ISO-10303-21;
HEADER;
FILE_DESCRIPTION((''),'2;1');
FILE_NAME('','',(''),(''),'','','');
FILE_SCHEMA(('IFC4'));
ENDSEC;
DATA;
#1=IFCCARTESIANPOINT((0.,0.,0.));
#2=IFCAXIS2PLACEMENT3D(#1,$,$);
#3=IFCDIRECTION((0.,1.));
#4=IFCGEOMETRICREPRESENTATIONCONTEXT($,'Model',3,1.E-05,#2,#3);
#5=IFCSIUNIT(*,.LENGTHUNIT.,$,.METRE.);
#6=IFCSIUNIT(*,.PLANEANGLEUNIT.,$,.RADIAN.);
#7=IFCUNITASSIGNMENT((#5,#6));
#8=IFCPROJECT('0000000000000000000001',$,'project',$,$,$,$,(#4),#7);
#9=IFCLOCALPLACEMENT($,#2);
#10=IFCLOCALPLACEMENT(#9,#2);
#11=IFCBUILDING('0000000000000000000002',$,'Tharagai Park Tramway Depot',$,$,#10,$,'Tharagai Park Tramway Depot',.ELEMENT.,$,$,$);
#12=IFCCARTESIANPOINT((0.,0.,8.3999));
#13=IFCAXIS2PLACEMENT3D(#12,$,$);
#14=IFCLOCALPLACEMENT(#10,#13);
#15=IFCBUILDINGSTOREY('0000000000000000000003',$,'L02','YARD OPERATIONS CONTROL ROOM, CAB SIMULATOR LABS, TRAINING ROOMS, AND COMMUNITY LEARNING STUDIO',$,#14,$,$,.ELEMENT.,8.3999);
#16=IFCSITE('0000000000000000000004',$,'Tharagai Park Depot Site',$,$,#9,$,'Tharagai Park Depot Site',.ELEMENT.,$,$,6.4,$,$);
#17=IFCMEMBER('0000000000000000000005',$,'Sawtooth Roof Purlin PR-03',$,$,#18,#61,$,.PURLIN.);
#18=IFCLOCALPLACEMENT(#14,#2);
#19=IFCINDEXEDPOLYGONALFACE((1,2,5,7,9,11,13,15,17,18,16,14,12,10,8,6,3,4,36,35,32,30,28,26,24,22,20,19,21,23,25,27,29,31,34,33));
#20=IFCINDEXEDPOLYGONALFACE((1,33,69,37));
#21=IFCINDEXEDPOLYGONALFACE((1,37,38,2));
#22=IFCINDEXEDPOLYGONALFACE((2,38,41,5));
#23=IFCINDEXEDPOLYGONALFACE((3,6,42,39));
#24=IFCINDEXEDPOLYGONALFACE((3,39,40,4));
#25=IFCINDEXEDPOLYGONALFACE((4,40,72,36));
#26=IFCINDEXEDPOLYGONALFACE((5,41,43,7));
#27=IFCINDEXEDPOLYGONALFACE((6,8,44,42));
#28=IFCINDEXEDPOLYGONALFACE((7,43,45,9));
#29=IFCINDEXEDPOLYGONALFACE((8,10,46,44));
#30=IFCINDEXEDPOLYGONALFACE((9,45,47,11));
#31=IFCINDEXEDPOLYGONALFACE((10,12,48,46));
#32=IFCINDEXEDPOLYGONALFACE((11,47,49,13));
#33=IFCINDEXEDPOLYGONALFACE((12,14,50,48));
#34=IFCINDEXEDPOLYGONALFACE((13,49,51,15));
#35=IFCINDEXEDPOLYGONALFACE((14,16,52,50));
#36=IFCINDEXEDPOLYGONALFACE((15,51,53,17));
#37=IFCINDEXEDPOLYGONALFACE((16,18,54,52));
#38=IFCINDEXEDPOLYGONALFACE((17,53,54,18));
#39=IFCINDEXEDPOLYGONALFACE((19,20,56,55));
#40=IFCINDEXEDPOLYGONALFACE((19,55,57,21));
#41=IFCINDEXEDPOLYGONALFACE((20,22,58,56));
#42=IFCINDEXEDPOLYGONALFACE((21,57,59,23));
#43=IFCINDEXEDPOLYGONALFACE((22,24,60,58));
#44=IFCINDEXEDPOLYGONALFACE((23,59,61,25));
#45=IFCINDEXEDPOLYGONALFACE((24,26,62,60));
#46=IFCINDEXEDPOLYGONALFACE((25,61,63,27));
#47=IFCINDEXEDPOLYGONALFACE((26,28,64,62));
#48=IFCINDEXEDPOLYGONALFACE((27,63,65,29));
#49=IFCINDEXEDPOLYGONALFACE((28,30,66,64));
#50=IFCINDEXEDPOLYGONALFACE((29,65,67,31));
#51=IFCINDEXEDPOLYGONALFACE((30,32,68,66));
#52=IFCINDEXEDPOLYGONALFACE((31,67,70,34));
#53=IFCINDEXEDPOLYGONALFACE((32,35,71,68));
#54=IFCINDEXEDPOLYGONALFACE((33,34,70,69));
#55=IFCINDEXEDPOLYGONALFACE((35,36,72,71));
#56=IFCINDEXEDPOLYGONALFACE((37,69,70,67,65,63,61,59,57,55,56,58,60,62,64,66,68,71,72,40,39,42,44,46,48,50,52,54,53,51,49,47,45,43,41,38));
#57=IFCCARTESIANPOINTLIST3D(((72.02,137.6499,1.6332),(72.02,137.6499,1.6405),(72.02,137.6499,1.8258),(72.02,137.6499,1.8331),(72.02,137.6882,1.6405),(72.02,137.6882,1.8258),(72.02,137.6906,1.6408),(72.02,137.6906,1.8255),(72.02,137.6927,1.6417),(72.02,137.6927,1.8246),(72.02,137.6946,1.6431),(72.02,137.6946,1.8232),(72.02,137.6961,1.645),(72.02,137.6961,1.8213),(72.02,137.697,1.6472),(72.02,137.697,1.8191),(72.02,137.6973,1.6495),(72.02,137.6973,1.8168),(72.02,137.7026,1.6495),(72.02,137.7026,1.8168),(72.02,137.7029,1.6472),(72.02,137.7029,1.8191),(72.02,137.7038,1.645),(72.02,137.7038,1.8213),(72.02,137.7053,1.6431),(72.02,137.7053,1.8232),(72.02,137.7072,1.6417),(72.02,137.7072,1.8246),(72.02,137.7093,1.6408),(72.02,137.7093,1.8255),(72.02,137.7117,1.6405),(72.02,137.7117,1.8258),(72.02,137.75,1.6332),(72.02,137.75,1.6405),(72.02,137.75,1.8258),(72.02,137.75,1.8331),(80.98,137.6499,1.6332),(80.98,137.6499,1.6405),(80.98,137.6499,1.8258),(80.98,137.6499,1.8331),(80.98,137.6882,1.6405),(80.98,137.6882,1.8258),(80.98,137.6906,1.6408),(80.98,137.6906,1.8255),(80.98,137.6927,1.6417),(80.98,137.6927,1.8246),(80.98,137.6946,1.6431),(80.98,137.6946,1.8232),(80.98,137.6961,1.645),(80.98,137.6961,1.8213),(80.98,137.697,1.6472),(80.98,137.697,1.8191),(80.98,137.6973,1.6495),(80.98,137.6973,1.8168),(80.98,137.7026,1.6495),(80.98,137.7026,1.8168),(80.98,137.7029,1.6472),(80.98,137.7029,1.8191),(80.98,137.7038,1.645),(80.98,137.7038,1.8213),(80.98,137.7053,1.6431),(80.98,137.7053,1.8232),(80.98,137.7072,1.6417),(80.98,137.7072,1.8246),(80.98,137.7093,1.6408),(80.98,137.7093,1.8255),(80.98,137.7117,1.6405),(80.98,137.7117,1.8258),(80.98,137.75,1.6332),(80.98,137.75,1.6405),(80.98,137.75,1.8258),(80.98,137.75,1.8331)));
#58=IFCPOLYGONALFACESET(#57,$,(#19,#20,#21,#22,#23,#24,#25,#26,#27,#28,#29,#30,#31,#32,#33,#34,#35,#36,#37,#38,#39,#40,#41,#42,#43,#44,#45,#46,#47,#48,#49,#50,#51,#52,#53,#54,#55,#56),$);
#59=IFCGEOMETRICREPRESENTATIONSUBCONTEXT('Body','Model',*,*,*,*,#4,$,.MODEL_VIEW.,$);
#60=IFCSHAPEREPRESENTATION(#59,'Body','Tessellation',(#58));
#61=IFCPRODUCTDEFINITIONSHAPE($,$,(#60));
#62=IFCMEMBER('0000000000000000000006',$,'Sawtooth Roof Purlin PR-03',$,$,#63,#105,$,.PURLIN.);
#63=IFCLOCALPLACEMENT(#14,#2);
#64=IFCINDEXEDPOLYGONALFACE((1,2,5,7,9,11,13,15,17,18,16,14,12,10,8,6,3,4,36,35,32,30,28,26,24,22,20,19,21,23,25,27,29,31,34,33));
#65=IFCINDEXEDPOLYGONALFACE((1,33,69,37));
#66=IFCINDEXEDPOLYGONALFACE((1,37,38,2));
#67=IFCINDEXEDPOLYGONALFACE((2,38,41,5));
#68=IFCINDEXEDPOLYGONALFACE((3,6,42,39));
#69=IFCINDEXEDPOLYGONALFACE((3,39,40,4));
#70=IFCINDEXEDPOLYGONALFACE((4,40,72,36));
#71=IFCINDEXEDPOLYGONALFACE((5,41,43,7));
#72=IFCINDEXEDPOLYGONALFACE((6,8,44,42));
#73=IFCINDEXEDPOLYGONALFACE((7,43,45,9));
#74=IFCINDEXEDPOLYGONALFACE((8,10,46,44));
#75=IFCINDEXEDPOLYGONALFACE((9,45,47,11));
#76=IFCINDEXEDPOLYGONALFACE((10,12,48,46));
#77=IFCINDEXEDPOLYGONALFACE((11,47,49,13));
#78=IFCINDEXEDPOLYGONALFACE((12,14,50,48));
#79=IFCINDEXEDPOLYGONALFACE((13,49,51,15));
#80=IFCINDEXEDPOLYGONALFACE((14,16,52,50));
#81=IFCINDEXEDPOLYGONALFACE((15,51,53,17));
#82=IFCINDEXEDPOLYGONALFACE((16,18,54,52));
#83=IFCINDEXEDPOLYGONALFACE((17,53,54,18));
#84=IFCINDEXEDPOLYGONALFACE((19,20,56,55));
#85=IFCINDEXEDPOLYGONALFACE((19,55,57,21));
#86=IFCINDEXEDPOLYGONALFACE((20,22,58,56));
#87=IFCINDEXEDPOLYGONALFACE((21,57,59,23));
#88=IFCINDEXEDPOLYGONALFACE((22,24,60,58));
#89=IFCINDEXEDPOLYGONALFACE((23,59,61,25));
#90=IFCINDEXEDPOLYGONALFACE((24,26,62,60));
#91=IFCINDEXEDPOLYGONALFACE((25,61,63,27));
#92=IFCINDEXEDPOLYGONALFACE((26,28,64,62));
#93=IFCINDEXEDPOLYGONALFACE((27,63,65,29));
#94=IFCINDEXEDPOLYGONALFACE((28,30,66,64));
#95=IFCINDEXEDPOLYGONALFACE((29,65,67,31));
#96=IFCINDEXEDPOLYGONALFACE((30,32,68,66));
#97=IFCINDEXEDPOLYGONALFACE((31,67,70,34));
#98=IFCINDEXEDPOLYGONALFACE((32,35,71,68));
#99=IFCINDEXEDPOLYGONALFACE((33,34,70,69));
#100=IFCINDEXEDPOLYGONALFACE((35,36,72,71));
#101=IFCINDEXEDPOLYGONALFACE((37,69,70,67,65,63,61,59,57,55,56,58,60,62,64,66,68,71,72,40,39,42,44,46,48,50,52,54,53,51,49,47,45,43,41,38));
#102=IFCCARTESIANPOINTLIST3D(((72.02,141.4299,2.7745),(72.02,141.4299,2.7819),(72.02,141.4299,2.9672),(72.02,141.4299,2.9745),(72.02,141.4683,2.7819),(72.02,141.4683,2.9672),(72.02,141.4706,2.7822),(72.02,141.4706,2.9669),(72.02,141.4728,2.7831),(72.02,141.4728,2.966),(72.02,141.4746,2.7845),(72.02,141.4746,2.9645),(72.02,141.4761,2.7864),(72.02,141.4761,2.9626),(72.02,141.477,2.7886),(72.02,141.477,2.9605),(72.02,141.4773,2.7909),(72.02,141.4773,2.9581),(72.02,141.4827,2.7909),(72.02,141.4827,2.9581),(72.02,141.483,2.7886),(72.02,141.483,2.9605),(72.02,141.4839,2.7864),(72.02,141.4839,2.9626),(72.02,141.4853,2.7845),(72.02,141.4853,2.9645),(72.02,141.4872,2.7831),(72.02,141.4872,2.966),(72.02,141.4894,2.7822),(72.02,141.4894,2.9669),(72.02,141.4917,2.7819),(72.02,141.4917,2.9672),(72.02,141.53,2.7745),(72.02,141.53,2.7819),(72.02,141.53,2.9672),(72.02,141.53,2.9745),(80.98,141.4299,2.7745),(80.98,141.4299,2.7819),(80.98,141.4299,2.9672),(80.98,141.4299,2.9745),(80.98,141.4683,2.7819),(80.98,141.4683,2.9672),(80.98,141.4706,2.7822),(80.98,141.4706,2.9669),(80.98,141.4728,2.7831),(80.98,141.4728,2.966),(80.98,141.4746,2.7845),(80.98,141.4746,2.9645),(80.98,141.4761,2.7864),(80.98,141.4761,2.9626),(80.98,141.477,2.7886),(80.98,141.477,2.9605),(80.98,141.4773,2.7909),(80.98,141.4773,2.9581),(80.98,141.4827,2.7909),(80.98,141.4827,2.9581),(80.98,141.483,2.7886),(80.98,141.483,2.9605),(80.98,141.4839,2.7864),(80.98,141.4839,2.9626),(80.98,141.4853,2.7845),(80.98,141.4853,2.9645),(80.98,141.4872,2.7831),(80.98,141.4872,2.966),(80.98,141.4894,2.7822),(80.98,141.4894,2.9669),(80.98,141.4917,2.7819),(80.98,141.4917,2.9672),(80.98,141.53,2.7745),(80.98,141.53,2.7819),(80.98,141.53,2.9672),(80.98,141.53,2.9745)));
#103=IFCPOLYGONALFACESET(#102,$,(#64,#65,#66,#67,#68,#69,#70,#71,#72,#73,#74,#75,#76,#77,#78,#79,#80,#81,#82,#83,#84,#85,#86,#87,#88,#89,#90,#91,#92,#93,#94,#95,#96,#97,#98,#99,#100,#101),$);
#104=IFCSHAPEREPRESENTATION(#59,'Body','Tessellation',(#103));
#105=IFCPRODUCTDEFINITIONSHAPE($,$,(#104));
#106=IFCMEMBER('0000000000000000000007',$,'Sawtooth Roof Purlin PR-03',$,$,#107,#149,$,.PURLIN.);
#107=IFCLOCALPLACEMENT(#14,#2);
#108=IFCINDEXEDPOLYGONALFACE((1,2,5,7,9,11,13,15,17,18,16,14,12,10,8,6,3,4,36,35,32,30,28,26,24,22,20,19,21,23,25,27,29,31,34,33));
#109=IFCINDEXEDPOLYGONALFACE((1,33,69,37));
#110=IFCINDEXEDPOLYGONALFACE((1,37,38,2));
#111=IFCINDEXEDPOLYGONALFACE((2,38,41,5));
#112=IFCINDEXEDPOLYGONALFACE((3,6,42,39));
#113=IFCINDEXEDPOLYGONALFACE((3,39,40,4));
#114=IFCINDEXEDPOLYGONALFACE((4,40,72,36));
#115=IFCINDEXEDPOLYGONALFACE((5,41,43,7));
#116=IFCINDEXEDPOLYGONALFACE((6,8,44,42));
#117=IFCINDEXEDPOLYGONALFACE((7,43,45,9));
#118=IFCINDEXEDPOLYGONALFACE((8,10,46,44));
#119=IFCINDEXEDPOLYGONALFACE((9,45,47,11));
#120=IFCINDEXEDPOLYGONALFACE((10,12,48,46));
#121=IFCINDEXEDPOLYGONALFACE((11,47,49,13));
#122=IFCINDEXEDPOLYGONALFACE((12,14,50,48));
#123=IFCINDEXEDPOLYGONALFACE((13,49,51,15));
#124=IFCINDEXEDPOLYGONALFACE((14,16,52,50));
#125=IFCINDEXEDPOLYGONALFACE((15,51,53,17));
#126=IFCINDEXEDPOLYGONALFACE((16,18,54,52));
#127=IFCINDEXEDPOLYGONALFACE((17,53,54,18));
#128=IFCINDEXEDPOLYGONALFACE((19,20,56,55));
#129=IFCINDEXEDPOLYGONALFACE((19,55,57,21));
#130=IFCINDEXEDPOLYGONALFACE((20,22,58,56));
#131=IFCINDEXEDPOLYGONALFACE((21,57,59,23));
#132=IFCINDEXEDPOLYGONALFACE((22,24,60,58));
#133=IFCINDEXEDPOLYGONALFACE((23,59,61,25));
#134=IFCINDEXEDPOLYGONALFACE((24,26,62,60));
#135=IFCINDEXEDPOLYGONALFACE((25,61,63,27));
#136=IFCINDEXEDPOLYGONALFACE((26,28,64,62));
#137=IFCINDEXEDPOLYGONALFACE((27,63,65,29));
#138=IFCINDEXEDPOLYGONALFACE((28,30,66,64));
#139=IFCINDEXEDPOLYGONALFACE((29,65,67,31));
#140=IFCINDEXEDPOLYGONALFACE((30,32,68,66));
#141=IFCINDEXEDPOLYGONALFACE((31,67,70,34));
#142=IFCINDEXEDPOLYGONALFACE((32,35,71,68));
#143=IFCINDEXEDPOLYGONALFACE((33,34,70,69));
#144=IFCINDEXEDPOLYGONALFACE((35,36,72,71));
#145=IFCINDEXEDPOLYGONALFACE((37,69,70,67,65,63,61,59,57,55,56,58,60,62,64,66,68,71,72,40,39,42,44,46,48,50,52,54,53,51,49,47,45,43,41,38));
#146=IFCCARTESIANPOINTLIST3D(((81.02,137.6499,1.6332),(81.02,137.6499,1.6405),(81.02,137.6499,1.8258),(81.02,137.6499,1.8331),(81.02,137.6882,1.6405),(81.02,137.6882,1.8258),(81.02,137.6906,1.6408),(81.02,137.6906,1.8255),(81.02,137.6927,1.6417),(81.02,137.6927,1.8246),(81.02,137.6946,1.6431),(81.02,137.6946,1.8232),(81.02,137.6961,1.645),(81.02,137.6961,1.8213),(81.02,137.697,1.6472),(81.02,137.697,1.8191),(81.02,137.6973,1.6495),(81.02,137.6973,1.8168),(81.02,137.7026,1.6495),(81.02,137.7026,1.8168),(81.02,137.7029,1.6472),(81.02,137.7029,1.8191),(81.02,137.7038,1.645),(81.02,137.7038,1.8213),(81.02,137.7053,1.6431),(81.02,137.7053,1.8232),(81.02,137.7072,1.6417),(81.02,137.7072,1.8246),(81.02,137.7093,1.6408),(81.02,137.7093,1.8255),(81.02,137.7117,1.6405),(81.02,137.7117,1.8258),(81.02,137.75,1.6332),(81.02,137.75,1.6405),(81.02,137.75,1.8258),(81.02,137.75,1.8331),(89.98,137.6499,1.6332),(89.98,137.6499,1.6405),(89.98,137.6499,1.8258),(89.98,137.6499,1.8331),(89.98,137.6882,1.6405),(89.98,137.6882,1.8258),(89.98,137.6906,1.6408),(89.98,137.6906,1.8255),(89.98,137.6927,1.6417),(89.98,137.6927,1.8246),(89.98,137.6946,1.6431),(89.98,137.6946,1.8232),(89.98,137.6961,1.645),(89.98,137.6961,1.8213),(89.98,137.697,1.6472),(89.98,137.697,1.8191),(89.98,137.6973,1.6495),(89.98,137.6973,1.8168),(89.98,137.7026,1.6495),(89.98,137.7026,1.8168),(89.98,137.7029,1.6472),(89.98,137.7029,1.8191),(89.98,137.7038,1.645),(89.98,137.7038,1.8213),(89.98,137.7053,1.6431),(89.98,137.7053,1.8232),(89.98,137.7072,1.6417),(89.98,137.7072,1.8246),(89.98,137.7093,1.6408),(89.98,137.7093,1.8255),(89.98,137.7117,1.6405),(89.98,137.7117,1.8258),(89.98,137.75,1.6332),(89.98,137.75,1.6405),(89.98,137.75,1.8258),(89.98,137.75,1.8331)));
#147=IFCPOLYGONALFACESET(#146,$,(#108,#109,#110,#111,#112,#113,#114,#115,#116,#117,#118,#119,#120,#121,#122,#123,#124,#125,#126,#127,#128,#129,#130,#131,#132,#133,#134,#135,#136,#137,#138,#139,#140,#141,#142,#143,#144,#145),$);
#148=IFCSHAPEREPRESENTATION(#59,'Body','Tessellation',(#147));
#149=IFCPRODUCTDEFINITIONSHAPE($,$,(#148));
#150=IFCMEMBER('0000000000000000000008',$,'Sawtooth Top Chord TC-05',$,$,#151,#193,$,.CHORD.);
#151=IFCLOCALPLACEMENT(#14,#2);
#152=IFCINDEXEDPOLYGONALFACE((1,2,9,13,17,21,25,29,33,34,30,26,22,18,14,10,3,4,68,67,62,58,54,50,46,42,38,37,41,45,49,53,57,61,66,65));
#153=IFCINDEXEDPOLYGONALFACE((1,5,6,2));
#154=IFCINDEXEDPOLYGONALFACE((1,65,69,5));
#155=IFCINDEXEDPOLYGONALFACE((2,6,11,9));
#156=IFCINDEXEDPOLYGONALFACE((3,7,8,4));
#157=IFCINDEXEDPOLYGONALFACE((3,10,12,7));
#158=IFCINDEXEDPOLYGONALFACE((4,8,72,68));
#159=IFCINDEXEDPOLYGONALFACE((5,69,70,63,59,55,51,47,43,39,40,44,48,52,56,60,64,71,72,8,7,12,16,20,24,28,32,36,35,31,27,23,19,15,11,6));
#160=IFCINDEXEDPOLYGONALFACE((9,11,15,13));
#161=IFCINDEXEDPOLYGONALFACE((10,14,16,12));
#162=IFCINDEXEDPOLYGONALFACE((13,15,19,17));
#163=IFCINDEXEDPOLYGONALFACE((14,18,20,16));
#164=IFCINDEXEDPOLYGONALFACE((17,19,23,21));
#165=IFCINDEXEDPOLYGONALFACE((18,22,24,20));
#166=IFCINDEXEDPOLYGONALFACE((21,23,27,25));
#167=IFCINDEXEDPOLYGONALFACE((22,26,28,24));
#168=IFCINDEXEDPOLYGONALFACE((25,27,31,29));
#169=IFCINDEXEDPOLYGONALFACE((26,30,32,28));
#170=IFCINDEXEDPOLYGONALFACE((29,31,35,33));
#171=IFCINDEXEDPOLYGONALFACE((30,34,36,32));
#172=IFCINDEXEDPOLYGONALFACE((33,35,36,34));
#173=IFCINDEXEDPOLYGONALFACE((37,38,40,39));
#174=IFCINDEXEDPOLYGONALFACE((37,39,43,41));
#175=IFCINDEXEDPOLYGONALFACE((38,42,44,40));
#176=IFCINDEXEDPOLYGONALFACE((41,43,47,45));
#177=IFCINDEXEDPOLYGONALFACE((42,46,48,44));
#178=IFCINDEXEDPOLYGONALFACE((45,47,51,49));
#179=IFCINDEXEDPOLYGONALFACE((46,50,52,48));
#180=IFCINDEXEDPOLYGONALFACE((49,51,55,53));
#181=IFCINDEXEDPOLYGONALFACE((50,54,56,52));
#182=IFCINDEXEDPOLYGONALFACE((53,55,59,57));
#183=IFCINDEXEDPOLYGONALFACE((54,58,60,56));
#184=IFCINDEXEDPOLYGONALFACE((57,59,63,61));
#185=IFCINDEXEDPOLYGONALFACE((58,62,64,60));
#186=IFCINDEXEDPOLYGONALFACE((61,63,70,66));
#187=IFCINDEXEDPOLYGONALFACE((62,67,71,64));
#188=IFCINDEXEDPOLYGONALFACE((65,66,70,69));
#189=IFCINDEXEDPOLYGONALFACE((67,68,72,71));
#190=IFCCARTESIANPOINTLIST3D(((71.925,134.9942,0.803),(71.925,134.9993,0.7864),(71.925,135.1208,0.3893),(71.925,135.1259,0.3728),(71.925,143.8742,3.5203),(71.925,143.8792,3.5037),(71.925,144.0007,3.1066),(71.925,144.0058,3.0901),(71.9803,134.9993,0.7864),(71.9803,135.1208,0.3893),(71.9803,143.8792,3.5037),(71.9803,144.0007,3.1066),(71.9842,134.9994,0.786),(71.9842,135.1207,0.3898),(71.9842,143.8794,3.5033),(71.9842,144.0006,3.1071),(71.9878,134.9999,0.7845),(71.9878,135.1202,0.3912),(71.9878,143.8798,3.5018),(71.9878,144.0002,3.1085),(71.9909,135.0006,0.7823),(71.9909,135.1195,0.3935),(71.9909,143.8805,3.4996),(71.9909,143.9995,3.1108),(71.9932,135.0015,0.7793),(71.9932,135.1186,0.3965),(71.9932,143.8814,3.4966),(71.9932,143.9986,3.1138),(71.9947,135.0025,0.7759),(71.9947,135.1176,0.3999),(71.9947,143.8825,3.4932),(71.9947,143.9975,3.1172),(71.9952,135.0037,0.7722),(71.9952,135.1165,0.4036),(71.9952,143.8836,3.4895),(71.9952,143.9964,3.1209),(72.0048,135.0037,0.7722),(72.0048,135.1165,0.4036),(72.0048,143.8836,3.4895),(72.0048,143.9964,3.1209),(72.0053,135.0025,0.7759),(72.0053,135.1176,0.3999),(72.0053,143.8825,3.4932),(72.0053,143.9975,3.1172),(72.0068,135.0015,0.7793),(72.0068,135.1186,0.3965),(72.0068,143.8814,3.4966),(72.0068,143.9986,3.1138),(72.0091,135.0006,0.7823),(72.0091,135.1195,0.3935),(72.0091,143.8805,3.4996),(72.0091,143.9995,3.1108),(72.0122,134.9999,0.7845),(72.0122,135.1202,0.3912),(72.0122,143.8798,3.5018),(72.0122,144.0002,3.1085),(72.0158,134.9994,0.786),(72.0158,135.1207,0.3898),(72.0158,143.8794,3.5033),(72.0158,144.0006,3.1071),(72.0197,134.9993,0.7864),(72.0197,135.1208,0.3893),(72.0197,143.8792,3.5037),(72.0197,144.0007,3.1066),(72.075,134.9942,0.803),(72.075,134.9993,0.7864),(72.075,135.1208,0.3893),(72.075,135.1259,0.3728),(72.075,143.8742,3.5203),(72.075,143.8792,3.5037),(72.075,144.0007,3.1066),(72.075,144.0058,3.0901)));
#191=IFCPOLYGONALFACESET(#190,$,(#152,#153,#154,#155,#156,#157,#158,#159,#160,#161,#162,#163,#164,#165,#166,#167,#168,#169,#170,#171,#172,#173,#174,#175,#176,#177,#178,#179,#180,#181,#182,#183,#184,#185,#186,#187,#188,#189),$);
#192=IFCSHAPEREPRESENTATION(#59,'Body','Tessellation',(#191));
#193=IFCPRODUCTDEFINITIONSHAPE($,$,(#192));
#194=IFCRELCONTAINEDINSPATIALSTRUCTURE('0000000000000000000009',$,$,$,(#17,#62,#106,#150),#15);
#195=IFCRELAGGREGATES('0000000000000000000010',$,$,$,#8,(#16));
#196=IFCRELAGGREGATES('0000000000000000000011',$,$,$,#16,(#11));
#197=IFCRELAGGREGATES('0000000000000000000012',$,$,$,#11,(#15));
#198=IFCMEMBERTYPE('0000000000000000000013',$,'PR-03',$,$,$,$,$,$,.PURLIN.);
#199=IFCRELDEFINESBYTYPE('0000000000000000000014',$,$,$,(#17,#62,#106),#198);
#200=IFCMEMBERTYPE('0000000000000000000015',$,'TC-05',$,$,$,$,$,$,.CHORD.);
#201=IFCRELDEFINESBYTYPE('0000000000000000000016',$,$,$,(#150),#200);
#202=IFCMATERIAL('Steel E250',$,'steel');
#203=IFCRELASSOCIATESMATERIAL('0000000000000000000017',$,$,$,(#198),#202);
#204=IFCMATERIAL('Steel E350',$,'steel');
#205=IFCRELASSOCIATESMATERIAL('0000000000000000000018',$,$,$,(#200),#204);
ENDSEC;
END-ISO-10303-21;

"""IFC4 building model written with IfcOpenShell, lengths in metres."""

from ifc_helpers import new_model, si_unit, direction, frame, origin, origin_2d, place, context, subcontext, project, spatial, i_section, extrude, material, material_profile, profile_set, type_object, element, save


model = new_model("IFC4")

# Units and contexts
model_context = context("Model", 3, precision=1e-05, world=origin(), true_north=direction((0.0, 1.0)))
body_context = subcontext(model_context, "Body", "Model", "MODEL_VIEW")
ifc_project = project(units=[si_unit("LENGTHUNIT", "METRE"), si_unit("PLANEANGLEUNIT", "RADIAN")], contexts=[model_context])

# Site, building, storey
site_placement = place(None, origin())
site = spatial("IfcSite", under=ifc_project, at=site_placement, Name="Tharagai Park Depot Site", LongName="Tharagai Park Depot Site", CompositionType="ELEMENT", RefElevation=6.4)
building_placement = place(site_placement, origin())
building = spatial("IfcBuilding", under=site, at=building_placement, Name="Tharagai Park Tramway Depot", LongName="Tharagai Park Tramway Depot", CompositionType="ELEMENT")
storey_placement = place(building_placement, frame((0.0, 0.0, 8.3999)))
storey = spatial("IfcBuildingStorey", under=building, at=storey_placement, Name="L02", Description="YARD OPERATIONS CONTROL ROOM, CAB SIMULATOR LABS, TRAINING ROOMS, AND COMMUNITY LEARNING STUDIO", CompositionType="ELEMENT", Elevation=8.3999)

# Shared definitions
ifc_material_1 = material(Name="Steel E350", Category="steel")

# Members
ifc_material_2 = material(Name="Steel E250", Category="steel")
ifc_material_profile_1 = material_profile(ifc_material_2, i_section(OverallWidth=0.1001, OverallDepth=0.2, WebThickness=0.0054, FlangeThickness=0.0073, FilletRadius=0.009, at=origin_2d()), Name="ISLB 200")
ifc_profile_set_1 = profile_set([ifc_material_profile_1], Name="Steel E250")
member_type_1 = type_object("IfcMemberType", Name="PR-03", PredefinedType="PURLIN", material=ifc_profile_set_1)
for number, where, z_axis, x_axis, name in (
    (1, (72.02, 137.7, 1.7332), (1.0, 0.0, 0.0), (0.0, 1.0, 0.0), "Sawtooth Roof Purlin PR-03"),
    (2, (72.02, 141.48, 2.8745), (1.0, 0.0, 0.0), (0.0, 1.0, 0.0), "Sawtooth Roof Purlin PR-03"),
    (3, (81.02, 137.7, 1.7332), (1.0, 0.0, 0.0), (0.0, 1.0, 0.0), "Sawtooth Roof Purlin PR-03"),
):
    element("IfcMember", number, at=place(storey_placement, frame(where, z_axis=z_axis, x_axis=x_axis)), inside=storey, type_object=member_type_1, Name=name, PredefinedType="PURLIN", context=body_context, shape_type="SweptSolid", body=[
        extrude(i_section(OverallWidth=0.1001, OverallDepth=0.2, WebThickness=0.0054, FlangeThickness=0.0073, FilletRadius=0.009, at=origin_2d()), origin(), (0.0, 0.0, 1.0), 8.96),
    ])
ifc_material_profile_2 = material_profile(ifc_material_1, i_section(OverallWidth=0.1499, OverallDepth=0.45, WebThickness=0.0095, FlangeThickness=0.0173, FilletRadius=0.0149, at=origin_2d()), Name="ISMB 450")
ifc_profile_set_2 = profile_set([ifc_material_profile_2], Name="Steel E350")
member_type_2 = type_object("IfcMemberType", Name="TC-05", PredefinedType="CHORD", material=ifc_profile_set_2)
for number, where, z_axis, x_axis, name in (
    (4, (72.0, 135.0601, 0.5879), (0.0, 0.956231, 0.292611), (-1.0, 0.0, 0.0), "Sawtooth Top Chord TC-05"),
):
    element("IfcMember", number, at=place(storey_placement, frame(where, z_axis=z_axis, x_axis=x_axis)), inside=storey, type_object=member_type_2, Name=name, PredefinedType="CHORD", context=body_context, shape_type="SweptSolid", body=[
        extrude(i_section(OverallWidth=0.1499, OverallDepth=0.45, WebThickness=0.0095, FlangeThickness=0.0173, FilletRadius=0.0149, at=origin_2d()), origin(), (0.0, 0.0, 1.0), 9.2864),
    ])

save(model, "model.ifc")
